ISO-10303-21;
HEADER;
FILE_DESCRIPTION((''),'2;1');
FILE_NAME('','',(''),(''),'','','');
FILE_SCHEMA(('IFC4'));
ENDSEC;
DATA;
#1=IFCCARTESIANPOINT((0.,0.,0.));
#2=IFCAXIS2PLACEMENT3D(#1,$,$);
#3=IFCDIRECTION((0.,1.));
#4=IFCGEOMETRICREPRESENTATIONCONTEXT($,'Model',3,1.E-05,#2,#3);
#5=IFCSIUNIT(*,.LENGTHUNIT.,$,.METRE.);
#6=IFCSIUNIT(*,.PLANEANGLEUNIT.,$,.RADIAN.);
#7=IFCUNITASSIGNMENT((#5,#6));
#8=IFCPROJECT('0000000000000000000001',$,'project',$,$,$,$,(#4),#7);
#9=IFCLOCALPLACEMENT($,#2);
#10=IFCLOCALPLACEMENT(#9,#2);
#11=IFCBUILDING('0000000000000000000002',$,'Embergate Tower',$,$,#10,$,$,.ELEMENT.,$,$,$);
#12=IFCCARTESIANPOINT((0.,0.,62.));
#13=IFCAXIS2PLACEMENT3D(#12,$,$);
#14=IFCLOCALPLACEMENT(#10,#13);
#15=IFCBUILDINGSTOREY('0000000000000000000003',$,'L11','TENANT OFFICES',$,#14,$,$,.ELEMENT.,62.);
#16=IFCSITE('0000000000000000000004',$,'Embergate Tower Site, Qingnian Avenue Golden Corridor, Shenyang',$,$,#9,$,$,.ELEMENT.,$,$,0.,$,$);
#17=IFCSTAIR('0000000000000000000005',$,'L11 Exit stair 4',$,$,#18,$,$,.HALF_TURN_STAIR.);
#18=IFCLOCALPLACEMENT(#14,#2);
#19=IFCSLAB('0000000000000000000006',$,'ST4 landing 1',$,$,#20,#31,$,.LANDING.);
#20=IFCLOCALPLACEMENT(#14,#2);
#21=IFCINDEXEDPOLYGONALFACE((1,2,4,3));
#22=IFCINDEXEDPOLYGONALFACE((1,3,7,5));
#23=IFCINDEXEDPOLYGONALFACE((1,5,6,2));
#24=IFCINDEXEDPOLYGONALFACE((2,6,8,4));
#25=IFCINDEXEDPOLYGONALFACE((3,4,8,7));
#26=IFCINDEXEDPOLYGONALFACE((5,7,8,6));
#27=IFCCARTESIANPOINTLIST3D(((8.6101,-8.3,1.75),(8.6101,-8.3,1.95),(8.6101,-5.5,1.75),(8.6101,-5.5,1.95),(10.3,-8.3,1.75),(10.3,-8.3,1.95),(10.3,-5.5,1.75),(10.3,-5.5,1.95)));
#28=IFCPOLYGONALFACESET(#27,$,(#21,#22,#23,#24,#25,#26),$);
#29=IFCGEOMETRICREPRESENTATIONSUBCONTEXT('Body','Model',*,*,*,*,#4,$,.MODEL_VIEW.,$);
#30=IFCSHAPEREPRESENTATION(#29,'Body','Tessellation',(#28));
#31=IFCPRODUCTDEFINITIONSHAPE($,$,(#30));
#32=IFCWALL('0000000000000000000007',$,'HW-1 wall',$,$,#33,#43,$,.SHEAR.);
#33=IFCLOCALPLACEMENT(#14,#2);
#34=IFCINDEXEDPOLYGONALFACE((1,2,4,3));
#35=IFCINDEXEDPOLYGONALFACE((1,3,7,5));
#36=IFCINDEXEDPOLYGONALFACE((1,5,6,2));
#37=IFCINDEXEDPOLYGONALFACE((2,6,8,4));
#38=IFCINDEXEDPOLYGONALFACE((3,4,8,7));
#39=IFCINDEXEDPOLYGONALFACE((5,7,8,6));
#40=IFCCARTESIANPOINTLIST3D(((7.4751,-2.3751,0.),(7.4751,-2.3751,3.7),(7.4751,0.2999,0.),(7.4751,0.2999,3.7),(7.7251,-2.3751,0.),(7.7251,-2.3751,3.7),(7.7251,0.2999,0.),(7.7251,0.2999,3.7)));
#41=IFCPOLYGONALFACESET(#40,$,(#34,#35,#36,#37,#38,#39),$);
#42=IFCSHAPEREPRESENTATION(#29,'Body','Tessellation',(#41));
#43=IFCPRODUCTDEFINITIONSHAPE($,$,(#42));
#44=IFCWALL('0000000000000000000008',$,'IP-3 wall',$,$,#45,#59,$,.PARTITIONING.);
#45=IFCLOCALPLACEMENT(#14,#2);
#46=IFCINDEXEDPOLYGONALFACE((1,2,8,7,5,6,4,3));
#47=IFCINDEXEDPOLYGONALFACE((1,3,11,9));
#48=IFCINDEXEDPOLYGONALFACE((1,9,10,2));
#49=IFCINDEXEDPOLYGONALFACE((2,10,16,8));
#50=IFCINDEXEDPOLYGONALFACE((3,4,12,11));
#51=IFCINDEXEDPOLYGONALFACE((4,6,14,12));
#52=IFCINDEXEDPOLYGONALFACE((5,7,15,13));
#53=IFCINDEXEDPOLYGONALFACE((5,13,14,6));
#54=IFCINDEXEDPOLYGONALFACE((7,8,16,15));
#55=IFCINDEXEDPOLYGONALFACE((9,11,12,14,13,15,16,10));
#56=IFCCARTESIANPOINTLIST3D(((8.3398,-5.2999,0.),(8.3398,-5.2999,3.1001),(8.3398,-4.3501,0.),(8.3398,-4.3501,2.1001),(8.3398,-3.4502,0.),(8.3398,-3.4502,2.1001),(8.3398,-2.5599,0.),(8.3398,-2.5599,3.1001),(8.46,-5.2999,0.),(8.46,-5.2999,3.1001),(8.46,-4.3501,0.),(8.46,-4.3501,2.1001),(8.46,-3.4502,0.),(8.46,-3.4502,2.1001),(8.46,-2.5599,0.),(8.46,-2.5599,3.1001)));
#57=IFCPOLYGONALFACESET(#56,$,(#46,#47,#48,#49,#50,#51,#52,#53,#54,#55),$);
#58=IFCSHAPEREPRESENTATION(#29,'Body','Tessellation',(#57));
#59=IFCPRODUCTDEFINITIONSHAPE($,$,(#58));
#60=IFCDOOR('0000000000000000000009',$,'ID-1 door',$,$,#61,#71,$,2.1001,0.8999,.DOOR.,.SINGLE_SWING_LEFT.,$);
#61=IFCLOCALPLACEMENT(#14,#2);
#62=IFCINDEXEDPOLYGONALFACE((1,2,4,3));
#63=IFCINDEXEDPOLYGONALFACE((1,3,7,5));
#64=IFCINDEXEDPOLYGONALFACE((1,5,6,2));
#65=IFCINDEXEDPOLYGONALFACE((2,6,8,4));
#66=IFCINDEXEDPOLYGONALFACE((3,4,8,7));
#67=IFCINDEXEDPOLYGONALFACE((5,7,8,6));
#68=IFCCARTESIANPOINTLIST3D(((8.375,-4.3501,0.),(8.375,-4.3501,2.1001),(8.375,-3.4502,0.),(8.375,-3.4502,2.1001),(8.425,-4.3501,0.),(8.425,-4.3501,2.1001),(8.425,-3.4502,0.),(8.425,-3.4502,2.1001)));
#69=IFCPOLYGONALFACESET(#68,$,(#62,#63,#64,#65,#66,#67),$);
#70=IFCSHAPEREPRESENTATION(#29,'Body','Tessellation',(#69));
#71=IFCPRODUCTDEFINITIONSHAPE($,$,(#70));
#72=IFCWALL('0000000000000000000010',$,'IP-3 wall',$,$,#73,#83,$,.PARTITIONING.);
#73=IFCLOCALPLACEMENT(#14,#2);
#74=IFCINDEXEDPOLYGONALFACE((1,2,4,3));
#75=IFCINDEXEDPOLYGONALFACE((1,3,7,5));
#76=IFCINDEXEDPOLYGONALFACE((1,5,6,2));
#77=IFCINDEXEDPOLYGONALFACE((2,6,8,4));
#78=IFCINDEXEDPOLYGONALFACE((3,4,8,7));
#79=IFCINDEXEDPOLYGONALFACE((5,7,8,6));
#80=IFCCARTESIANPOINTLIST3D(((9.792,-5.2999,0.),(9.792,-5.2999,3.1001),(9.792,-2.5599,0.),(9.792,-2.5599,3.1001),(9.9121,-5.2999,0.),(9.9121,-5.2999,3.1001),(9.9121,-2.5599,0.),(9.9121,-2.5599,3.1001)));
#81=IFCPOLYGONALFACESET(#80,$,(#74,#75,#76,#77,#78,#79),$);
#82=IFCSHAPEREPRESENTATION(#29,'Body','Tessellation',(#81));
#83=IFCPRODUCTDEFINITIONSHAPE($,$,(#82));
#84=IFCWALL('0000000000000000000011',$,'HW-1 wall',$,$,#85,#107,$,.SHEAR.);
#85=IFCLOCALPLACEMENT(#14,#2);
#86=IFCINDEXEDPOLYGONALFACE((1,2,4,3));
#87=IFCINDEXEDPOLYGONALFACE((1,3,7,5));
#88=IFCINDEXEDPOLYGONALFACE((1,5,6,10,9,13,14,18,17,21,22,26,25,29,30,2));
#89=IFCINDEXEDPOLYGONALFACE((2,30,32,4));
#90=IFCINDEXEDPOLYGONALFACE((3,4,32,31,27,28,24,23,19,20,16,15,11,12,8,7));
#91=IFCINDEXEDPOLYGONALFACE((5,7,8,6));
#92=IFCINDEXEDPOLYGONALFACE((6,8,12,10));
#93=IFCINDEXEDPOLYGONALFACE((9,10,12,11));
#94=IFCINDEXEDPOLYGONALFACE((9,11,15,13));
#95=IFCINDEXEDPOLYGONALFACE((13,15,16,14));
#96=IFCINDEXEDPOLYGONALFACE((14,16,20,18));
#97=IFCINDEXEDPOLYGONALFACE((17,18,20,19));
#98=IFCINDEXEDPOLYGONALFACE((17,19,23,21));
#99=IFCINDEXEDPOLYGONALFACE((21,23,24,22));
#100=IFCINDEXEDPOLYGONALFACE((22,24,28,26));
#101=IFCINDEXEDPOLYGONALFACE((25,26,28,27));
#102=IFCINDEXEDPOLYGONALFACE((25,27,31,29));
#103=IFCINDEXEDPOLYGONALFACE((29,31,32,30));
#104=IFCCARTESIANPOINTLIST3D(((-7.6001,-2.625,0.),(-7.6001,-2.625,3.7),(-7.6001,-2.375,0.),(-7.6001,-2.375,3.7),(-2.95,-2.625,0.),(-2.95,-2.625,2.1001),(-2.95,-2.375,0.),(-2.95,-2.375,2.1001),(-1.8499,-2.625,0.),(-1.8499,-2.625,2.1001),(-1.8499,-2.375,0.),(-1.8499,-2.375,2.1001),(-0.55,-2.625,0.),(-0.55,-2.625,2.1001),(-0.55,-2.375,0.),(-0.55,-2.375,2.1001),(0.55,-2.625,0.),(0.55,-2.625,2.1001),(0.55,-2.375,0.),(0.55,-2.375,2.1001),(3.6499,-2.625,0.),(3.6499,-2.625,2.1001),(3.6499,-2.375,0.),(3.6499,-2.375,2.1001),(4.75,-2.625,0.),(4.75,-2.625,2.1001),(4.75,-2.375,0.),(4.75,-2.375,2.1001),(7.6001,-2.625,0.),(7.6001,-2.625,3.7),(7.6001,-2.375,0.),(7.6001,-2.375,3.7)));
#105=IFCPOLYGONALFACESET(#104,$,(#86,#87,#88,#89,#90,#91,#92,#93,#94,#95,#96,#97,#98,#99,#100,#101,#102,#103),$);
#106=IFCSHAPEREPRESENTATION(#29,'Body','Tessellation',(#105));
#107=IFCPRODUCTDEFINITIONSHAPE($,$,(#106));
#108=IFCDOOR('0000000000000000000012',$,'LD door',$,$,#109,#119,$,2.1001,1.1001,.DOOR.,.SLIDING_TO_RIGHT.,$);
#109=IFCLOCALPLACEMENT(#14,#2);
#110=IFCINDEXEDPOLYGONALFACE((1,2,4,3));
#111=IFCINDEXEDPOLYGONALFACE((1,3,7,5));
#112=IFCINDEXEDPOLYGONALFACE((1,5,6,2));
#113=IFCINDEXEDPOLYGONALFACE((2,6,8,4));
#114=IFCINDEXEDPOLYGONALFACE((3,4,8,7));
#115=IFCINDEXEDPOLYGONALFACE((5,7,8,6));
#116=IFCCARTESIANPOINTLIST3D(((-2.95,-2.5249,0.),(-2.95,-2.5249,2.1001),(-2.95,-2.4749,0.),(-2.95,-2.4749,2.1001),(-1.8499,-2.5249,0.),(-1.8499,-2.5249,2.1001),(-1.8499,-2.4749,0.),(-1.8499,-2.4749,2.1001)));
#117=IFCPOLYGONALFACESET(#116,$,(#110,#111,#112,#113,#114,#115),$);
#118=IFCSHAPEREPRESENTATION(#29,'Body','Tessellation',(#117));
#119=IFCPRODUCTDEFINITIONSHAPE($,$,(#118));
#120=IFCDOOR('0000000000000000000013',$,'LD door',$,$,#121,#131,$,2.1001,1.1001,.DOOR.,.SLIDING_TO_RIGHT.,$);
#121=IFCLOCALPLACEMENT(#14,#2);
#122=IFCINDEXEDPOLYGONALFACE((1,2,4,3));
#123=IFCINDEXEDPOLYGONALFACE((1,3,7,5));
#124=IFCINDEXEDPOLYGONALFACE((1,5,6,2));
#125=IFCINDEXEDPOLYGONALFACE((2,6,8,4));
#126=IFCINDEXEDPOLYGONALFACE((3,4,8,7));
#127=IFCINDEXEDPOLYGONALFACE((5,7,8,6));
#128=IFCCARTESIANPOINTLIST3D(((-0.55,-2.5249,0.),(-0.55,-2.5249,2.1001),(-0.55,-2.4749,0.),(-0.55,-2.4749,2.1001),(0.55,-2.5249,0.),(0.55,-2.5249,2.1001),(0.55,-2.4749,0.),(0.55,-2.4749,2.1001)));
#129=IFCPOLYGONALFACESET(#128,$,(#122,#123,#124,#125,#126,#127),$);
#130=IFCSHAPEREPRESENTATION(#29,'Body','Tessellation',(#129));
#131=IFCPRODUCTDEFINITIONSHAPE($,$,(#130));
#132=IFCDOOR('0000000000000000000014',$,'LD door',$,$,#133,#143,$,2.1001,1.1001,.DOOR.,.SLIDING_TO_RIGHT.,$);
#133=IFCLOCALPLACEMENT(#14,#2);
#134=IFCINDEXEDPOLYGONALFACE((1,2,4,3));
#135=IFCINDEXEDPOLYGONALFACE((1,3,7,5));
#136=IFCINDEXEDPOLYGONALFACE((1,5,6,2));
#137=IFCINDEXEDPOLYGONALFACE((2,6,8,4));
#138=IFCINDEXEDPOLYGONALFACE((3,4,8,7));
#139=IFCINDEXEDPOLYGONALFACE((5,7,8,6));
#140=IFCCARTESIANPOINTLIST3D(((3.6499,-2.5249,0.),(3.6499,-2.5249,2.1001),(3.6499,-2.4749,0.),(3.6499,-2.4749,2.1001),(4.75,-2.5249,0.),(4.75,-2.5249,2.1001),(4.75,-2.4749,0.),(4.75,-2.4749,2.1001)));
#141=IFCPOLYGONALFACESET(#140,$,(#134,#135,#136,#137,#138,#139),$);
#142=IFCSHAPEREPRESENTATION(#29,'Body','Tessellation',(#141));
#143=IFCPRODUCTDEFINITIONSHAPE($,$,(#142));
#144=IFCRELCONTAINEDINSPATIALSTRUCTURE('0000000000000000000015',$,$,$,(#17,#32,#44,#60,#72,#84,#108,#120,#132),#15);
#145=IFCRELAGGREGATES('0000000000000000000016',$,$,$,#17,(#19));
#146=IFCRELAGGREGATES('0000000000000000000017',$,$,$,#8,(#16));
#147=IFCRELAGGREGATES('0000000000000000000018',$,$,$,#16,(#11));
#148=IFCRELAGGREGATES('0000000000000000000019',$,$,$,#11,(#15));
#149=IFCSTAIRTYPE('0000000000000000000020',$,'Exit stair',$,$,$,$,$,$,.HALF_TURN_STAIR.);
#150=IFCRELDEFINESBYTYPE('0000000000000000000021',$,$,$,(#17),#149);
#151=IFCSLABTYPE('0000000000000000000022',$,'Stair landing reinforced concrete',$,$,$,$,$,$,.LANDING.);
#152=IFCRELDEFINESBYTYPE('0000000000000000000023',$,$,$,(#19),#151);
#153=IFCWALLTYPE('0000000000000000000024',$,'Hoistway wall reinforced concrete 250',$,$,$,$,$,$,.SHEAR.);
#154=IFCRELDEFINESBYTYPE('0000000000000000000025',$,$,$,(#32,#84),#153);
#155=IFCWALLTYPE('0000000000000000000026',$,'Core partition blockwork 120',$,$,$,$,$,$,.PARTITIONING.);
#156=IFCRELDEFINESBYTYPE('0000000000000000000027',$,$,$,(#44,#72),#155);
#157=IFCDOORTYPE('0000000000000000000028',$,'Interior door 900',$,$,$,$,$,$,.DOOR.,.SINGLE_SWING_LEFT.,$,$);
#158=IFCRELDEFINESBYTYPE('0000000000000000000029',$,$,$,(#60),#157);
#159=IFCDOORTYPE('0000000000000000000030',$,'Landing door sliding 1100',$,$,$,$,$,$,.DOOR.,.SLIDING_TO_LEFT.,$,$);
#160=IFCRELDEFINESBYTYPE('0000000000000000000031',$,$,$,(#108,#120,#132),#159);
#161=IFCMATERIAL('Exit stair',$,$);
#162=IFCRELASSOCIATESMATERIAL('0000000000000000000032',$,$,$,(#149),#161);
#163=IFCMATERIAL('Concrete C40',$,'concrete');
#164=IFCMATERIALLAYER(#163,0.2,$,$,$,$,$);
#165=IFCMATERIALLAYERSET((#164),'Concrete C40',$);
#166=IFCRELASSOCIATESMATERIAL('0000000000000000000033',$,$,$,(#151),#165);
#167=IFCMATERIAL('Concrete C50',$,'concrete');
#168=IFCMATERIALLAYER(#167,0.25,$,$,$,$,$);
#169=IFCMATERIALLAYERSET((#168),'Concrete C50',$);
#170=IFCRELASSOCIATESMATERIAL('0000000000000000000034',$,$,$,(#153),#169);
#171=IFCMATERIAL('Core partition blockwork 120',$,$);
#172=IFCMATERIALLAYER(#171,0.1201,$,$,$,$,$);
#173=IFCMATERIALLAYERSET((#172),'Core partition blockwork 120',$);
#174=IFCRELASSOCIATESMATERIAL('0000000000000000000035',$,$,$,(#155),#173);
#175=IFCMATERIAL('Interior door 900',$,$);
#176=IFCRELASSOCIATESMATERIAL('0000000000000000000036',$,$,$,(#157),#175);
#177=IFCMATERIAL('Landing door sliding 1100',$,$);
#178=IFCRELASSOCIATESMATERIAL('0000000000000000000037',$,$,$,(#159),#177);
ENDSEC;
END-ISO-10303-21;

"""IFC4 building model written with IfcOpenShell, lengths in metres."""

from ifc_helpers import new_model, si_unit, direction, frame, frame_2d, origin, place, context, subcontext, project, spatial, polyline, rectangle, outline, extrude, source, transform, mapped, material, layer, layer_set, type_object, element, fill, aggregate, save


model = new_model("IFC4")

# Units and contexts
model_context = context("Model", 3, precision=1e-05, world=origin(), true_north=direction((0.0, 1.0)))
body_context = subcontext(model_context, "Body", "Model", "MODEL_VIEW")
ifc_project = project(units=[si_unit("LENGTHUNIT", "METRE"), si_unit("PLANEANGLEUNIT", "RADIAN")], contexts=[model_context])

# Site, building, storey
site_placement = place(None, origin())
site = spatial("IfcSite", under=ifc_project, at=site_placement, Name="Embergate Tower Site, Qingnian Avenue Golden Corridor, Shenyang", CompositionType="ELEMENT", RefElevation=0.0)
building_placement = place(site_placement, origin())
building = spatial("IfcBuilding", under=site, at=building_placement, Name="Embergate Tower", CompositionType="ELEMENT")
storey_placement = place(building_placement, frame((0.0, 0.0, 62.0)))
storey = spatial("IfcBuildingStorey", under=building, at=storey_placement, Name="L11", Description="TENANT OFFICES", CompositionType="ELEMENT", Elevation=62.0)

# Stair, slab
ifc_material_1 = material(Name="Exit stair")
stair_type = type_object("IfcStairType", Name="Exit stair", PredefinedType="HALF_TURN_STAIR", material=ifc_material_1)
stair_placement = place(storey_placement, origin())
stair = element("IfcStair", 1, at=stair_placement, inside=storey, type_object=stair_type, Name="L11 Exit stair 4", PredefinedType="HALF_TURN_STAIR")
ifc_material_2 = material(Name="Concrete C40", Category="concrete")
ifc_layer_1 = layer(ifc_material_2, 0.2)
ifc_layer_set_1 = layer_set([ifc_layer_1], Name="Concrete C40")
slab_type = type_object("IfcSlabType", Name="Stair landing reinforced concrete", PredefinedType="LANDING", material=ifc_layer_set_1)
shared_shape_1 = source(origin(), body_context, "Body", "SweptSolid", [
    extrude(outline(polyline([(0.0, 0.0), (1.6899, 0.0), (1.6899, 2.8), (0.0, 2.8), (0.0, 0.0)])), origin(), (0.0, 0.0, 1.0), 0.2),
])
slab_placement = place(storey_placement, frame((8.6101, -8.3, 1.75)))
slab = element("IfcSlab", 2, at=slab_placement, type_object=slab_type, Name="ST4 landing 1", PredefinedType="LANDING", context=body_context, shape_type="MappedRepresentation", body=[
    mapped(shared_shape_1, transform((0.0, 0.0, 0.0))),
])

# Wall
ifc_material_3 = material(Name="Concrete C50", Category="concrete")
ifc_layer_2 = layer(ifc_material_3, 0.25)
ifc_layer_set_2 = layer_set([ifc_layer_2], Name="Concrete C50")
wall_type_1 = type_object("IfcWallType", Name="Hoistway wall reinforced concrete 250", PredefinedType="SHEAR", material=ifc_layer_set_2)
shared_shape_2 = source(origin(), body_context, "Body", "SweptSolid", [
    extrude(rectangle(XDim=2.675, YDim=0.25, at=frame_2d((1.3374, 0.0))), origin(), (0.0, 0.0, 1.0), 3.7),
])
wall_1_placement = place(storey_placement, frame((7.6001, -2.375, 0.0), z_axis=(0.0, 0.0, 1.0), x_axis=(0.0, 1.0, 0.0)))
element("IfcWall", 3, at=wall_1_placement, inside=storey, type_object=wall_type_1, Name="HW-1 wall", PredefinedType="SHEAR", context=body_context, shape_type="MappedRepresentation", body=[
    mapped(shared_shape_2, transform((0.0, 0.0, 0.0))),
])

# Wall, opening, door
ifc_material_4 = material(Name="Core partition blockwork 120")
ifc_layer_3 = layer(ifc_material_4, 0.1201)
ifc_layer_set_3 = layer_set([ifc_layer_3], Name="Core partition blockwork 120")
wall_type_2 = type_object("IfcWallType", Name="Core partition blockwork 120", PredefinedType="PARTITIONING", material=ifc_layer_set_3)
shared_shape_3 = source(origin(), body_context, "Body", "SweptSolid", [
    extrude(rectangle(XDim=2.74, YDim=0.1201, at=frame_2d((1.3701, 0.0))), origin(), (0.0, 0.0, 1.0), 3.1001),
])
wall_2_placement = place(storey_placement, frame((8.3999, -5.3, 0.0), z_axis=(0.0, 0.0, 1.0), x_axis=(0.0, 1.0, 0.0)))
wall_2 = element("IfcWall", 4, at=wall_2_placement, inside=storey, type_object=wall_type_2, Name="IP-3 wall", PredefinedType="PARTITIONING", context=body_context, shape_type="MappedRepresentation", body=[
    mapped(shared_shape_3, transform((0.0, 0.0, 0.0))),
])
shared_shape_4 = source(origin(), body_context, "Body", "SweptSolid", [
    extrude(rectangle(XDim=0.8999, YDim=2.1001, at=frame_2d((0.45, 1.05))), frame((0.0, 0.0701, 0.0), z_axis=(0.0, -1.0, 0.0), x_axis=(1.0, 0.0, 0.0)), (0.0, 0.0, 1.0), 0.1401),
])
opening_1_placement = place(wall_2_placement, frame((0.95, 0.0, 0.0)))
opening_1 = element("IfcOpeningElement", 5, at=opening_1_placement, cuts=wall_2, PredefinedType="OPENING", context=body_context, shape_type="MappedRepresentation", body=[
    mapped(shared_shape_4, transform((0.0, 0.0, 0.0))),
])
ifc_material_5 = material(Name="Interior door 900")
door_type_1 = type_object("IfcDoorType", Name="Interior door 900", OperationType="SINGLE_SWING_LEFT", PredefinedType="DOOR", material=ifc_material_5)
shared_shape_5 = source(origin(), body_context, "Body", "SweptSolid", [
    extrude(rectangle(XDim=0.8999, YDim=2.1001, at=frame_2d((0.45, 1.05))), frame((0.0, 0.0249, 0.0), z_axis=(0.0, -1.0, 0.0), x_axis=(1.0, 0.0, 0.0)), (0.0, 0.0, 1.0), 0.05),
])
door_1_placement = place(opening_1_placement, origin())
door_1 = element("IfcDoor", 6, at=door_1_placement, inside=storey, type_object=door_type_1, Name="ID-1 door", OperationType="SINGLE_SWING_LEFT", OverallHeight=2.1001, OverallWidth=0.8999, PredefinedType="DOOR", context=body_context, shape_type="MappedRepresentation", body=[
    mapped(shared_shape_5, transform((0.0, 0.0, 0.0))),
])
fill(opening_1, door_1)

# Wall
wall_3_placement = place(storey_placement, frame((9.8521, -5.3, 0.0), z_axis=(0.0, 0.0, 1.0), x_axis=(0.0, 1.0, 0.0)))
element("IfcWall", 7, at=wall_3_placement, inside=storey, type_object=wall_type_2, Name="IP-3 wall", PredefinedType="PARTITIONING", context=body_context, shape_type="MappedRepresentation", body=[
    mapped(shared_shape_3, transform((0.0, 0.0, 0.0))),
])

# Wall, openings, doors
shared_shape_6 = source(origin(), body_context, "Body", "SweptSolid", [
    extrude(rectangle(XDim=15.2002, YDim=0.25, at=frame_2d((7.6001, 0.0))), origin(), (0.0, 0.0, 1.0), 3.7),
])
wall_4_placement = place(storey_placement, frame((7.6001, -2.5, 0.0), z_axis=(0.0, 0.0, 1.0), x_axis=(-1.0, 0.0, 0.0)))
wall_4 = element("IfcWall", 8, at=wall_4_placement, inside=storey, type_object=wall_type_1, Name="HW-1 wall", PredefinedType="SHEAR", context=body_context, shape_type="MappedRepresentation", body=[
    mapped(shared_shape_6, transform((0.0, 0.0, 0.0))),
])
shared_shape_7 = source(origin(), body_context, "Body", "SweptSolid", [
    extrude(rectangle(XDim=1.1001, YDim=2.1001, at=frame_2d((0.55, 1.05))), frame((0.0, 0.135, 0.0), z_axis=(0.0, -1.0, 0.0), x_axis=(1.0, 0.0, 0.0)), (0.0, 0.0, 1.0), 0.27),
])
opening_2_placement = place(wall_4_placement, frame((9.45, 0.0, 0.0)))
opening_2 = element("IfcOpeningElement", 9, at=opening_2_placement, cuts=wall_4, PredefinedType="OPENING", context=body_context, shape_type="MappedRepresentation", body=[
    mapped(shared_shape_7, transform((0.0, 0.0, 0.0))),
])
opening_3_placement = place(wall_4_placement, frame((7.05, 0.0, 0.0)))
opening_3 = element("IfcOpeningElement", 10, at=opening_3_placement, cuts=wall_4, PredefinedType="OPENING", context=body_context, shape_type="MappedRepresentation", body=[
    mapped(shared_shape_7, transform((0.0, 0.0, 0.0))),
])
opening_4_placement = place(wall_4_placement, frame((2.8501, 0.0, 0.0)))
opening_4 = element("IfcOpeningElement", 11, at=opening_4_placement, cuts=wall_4, PredefinedType="OPENING", context=body_context, shape_type="MappedRepresentation", body=[
    mapped(shared_shape_7, transform((0.0, 0.0, 0.0))),
])
ifc_material_6 = material(Name="Landing door sliding 1100")
door_type_2 = type_object("IfcDoorType", Name="Landing door sliding 1100", OperationType="SLIDING_TO_LEFT", PredefinedType="DOOR", material=ifc_material_6)
shared_shape_8 = source(origin(), body_context, "Body", "SweptSolid", [
    extrude(rectangle(XDim=1.1001, YDim=2.1001, at=frame_2d((0.55, 1.05))), frame((0.0, 0.0249, 0.0), z_axis=(0.0, -1.0, 0.0), x_axis=(1.0, 0.0, 0.0)), (0.0, 0.0, 1.0), 0.05),
])
door_2_placement = place(opening_2_placement, origin())
door_2 = element("IfcDoor", 12, at=door_2_placement, inside=storey, type_object=door_type_2, Name="LD door", OperationType="SLIDING_TO_RIGHT", OverallHeight=2.1001, OverallWidth=1.1001, PredefinedType="DOOR", context=body_context, shape_type="MappedRepresentation", body=[
    mapped(shared_shape_8, transform((0.0, 0.0, 0.0))),
])
fill(opening_2, door_2)
door_3_placement = place(opening_3_placement, origin())
door_3 = element("IfcDoor", 13, at=door_3_placement, inside=storey, type_object=door_type_2, Name="LD door", OperationType="SLIDING_TO_RIGHT", OverallHeight=2.1001, OverallWidth=1.1001, PredefinedType="DOOR", context=body_context, shape_type="MappedRepresentation", body=[
    mapped(shared_shape_8, transform((0.0, 0.0, 0.0))),
])
fill(opening_3, door_3)
door_4_placement = place(opening_4_placement, origin())
door_4 = element("IfcDoor", 14, at=door_4_placement, inside=storey, type_object=door_type_2, Name="LD door", OperationType="SLIDING_TO_RIGHT", OverallHeight=2.1001, OverallWidth=1.1001, PredefinedType="DOOR", context=body_context, shape_type="MappedRepresentation", body=[
    mapped(shared_shape_8, transform((0.0, 0.0, 0.0))),
])
fill(opening_4, door_4)

aggregate(stair, [slab])

save(model, "model.ifc")
